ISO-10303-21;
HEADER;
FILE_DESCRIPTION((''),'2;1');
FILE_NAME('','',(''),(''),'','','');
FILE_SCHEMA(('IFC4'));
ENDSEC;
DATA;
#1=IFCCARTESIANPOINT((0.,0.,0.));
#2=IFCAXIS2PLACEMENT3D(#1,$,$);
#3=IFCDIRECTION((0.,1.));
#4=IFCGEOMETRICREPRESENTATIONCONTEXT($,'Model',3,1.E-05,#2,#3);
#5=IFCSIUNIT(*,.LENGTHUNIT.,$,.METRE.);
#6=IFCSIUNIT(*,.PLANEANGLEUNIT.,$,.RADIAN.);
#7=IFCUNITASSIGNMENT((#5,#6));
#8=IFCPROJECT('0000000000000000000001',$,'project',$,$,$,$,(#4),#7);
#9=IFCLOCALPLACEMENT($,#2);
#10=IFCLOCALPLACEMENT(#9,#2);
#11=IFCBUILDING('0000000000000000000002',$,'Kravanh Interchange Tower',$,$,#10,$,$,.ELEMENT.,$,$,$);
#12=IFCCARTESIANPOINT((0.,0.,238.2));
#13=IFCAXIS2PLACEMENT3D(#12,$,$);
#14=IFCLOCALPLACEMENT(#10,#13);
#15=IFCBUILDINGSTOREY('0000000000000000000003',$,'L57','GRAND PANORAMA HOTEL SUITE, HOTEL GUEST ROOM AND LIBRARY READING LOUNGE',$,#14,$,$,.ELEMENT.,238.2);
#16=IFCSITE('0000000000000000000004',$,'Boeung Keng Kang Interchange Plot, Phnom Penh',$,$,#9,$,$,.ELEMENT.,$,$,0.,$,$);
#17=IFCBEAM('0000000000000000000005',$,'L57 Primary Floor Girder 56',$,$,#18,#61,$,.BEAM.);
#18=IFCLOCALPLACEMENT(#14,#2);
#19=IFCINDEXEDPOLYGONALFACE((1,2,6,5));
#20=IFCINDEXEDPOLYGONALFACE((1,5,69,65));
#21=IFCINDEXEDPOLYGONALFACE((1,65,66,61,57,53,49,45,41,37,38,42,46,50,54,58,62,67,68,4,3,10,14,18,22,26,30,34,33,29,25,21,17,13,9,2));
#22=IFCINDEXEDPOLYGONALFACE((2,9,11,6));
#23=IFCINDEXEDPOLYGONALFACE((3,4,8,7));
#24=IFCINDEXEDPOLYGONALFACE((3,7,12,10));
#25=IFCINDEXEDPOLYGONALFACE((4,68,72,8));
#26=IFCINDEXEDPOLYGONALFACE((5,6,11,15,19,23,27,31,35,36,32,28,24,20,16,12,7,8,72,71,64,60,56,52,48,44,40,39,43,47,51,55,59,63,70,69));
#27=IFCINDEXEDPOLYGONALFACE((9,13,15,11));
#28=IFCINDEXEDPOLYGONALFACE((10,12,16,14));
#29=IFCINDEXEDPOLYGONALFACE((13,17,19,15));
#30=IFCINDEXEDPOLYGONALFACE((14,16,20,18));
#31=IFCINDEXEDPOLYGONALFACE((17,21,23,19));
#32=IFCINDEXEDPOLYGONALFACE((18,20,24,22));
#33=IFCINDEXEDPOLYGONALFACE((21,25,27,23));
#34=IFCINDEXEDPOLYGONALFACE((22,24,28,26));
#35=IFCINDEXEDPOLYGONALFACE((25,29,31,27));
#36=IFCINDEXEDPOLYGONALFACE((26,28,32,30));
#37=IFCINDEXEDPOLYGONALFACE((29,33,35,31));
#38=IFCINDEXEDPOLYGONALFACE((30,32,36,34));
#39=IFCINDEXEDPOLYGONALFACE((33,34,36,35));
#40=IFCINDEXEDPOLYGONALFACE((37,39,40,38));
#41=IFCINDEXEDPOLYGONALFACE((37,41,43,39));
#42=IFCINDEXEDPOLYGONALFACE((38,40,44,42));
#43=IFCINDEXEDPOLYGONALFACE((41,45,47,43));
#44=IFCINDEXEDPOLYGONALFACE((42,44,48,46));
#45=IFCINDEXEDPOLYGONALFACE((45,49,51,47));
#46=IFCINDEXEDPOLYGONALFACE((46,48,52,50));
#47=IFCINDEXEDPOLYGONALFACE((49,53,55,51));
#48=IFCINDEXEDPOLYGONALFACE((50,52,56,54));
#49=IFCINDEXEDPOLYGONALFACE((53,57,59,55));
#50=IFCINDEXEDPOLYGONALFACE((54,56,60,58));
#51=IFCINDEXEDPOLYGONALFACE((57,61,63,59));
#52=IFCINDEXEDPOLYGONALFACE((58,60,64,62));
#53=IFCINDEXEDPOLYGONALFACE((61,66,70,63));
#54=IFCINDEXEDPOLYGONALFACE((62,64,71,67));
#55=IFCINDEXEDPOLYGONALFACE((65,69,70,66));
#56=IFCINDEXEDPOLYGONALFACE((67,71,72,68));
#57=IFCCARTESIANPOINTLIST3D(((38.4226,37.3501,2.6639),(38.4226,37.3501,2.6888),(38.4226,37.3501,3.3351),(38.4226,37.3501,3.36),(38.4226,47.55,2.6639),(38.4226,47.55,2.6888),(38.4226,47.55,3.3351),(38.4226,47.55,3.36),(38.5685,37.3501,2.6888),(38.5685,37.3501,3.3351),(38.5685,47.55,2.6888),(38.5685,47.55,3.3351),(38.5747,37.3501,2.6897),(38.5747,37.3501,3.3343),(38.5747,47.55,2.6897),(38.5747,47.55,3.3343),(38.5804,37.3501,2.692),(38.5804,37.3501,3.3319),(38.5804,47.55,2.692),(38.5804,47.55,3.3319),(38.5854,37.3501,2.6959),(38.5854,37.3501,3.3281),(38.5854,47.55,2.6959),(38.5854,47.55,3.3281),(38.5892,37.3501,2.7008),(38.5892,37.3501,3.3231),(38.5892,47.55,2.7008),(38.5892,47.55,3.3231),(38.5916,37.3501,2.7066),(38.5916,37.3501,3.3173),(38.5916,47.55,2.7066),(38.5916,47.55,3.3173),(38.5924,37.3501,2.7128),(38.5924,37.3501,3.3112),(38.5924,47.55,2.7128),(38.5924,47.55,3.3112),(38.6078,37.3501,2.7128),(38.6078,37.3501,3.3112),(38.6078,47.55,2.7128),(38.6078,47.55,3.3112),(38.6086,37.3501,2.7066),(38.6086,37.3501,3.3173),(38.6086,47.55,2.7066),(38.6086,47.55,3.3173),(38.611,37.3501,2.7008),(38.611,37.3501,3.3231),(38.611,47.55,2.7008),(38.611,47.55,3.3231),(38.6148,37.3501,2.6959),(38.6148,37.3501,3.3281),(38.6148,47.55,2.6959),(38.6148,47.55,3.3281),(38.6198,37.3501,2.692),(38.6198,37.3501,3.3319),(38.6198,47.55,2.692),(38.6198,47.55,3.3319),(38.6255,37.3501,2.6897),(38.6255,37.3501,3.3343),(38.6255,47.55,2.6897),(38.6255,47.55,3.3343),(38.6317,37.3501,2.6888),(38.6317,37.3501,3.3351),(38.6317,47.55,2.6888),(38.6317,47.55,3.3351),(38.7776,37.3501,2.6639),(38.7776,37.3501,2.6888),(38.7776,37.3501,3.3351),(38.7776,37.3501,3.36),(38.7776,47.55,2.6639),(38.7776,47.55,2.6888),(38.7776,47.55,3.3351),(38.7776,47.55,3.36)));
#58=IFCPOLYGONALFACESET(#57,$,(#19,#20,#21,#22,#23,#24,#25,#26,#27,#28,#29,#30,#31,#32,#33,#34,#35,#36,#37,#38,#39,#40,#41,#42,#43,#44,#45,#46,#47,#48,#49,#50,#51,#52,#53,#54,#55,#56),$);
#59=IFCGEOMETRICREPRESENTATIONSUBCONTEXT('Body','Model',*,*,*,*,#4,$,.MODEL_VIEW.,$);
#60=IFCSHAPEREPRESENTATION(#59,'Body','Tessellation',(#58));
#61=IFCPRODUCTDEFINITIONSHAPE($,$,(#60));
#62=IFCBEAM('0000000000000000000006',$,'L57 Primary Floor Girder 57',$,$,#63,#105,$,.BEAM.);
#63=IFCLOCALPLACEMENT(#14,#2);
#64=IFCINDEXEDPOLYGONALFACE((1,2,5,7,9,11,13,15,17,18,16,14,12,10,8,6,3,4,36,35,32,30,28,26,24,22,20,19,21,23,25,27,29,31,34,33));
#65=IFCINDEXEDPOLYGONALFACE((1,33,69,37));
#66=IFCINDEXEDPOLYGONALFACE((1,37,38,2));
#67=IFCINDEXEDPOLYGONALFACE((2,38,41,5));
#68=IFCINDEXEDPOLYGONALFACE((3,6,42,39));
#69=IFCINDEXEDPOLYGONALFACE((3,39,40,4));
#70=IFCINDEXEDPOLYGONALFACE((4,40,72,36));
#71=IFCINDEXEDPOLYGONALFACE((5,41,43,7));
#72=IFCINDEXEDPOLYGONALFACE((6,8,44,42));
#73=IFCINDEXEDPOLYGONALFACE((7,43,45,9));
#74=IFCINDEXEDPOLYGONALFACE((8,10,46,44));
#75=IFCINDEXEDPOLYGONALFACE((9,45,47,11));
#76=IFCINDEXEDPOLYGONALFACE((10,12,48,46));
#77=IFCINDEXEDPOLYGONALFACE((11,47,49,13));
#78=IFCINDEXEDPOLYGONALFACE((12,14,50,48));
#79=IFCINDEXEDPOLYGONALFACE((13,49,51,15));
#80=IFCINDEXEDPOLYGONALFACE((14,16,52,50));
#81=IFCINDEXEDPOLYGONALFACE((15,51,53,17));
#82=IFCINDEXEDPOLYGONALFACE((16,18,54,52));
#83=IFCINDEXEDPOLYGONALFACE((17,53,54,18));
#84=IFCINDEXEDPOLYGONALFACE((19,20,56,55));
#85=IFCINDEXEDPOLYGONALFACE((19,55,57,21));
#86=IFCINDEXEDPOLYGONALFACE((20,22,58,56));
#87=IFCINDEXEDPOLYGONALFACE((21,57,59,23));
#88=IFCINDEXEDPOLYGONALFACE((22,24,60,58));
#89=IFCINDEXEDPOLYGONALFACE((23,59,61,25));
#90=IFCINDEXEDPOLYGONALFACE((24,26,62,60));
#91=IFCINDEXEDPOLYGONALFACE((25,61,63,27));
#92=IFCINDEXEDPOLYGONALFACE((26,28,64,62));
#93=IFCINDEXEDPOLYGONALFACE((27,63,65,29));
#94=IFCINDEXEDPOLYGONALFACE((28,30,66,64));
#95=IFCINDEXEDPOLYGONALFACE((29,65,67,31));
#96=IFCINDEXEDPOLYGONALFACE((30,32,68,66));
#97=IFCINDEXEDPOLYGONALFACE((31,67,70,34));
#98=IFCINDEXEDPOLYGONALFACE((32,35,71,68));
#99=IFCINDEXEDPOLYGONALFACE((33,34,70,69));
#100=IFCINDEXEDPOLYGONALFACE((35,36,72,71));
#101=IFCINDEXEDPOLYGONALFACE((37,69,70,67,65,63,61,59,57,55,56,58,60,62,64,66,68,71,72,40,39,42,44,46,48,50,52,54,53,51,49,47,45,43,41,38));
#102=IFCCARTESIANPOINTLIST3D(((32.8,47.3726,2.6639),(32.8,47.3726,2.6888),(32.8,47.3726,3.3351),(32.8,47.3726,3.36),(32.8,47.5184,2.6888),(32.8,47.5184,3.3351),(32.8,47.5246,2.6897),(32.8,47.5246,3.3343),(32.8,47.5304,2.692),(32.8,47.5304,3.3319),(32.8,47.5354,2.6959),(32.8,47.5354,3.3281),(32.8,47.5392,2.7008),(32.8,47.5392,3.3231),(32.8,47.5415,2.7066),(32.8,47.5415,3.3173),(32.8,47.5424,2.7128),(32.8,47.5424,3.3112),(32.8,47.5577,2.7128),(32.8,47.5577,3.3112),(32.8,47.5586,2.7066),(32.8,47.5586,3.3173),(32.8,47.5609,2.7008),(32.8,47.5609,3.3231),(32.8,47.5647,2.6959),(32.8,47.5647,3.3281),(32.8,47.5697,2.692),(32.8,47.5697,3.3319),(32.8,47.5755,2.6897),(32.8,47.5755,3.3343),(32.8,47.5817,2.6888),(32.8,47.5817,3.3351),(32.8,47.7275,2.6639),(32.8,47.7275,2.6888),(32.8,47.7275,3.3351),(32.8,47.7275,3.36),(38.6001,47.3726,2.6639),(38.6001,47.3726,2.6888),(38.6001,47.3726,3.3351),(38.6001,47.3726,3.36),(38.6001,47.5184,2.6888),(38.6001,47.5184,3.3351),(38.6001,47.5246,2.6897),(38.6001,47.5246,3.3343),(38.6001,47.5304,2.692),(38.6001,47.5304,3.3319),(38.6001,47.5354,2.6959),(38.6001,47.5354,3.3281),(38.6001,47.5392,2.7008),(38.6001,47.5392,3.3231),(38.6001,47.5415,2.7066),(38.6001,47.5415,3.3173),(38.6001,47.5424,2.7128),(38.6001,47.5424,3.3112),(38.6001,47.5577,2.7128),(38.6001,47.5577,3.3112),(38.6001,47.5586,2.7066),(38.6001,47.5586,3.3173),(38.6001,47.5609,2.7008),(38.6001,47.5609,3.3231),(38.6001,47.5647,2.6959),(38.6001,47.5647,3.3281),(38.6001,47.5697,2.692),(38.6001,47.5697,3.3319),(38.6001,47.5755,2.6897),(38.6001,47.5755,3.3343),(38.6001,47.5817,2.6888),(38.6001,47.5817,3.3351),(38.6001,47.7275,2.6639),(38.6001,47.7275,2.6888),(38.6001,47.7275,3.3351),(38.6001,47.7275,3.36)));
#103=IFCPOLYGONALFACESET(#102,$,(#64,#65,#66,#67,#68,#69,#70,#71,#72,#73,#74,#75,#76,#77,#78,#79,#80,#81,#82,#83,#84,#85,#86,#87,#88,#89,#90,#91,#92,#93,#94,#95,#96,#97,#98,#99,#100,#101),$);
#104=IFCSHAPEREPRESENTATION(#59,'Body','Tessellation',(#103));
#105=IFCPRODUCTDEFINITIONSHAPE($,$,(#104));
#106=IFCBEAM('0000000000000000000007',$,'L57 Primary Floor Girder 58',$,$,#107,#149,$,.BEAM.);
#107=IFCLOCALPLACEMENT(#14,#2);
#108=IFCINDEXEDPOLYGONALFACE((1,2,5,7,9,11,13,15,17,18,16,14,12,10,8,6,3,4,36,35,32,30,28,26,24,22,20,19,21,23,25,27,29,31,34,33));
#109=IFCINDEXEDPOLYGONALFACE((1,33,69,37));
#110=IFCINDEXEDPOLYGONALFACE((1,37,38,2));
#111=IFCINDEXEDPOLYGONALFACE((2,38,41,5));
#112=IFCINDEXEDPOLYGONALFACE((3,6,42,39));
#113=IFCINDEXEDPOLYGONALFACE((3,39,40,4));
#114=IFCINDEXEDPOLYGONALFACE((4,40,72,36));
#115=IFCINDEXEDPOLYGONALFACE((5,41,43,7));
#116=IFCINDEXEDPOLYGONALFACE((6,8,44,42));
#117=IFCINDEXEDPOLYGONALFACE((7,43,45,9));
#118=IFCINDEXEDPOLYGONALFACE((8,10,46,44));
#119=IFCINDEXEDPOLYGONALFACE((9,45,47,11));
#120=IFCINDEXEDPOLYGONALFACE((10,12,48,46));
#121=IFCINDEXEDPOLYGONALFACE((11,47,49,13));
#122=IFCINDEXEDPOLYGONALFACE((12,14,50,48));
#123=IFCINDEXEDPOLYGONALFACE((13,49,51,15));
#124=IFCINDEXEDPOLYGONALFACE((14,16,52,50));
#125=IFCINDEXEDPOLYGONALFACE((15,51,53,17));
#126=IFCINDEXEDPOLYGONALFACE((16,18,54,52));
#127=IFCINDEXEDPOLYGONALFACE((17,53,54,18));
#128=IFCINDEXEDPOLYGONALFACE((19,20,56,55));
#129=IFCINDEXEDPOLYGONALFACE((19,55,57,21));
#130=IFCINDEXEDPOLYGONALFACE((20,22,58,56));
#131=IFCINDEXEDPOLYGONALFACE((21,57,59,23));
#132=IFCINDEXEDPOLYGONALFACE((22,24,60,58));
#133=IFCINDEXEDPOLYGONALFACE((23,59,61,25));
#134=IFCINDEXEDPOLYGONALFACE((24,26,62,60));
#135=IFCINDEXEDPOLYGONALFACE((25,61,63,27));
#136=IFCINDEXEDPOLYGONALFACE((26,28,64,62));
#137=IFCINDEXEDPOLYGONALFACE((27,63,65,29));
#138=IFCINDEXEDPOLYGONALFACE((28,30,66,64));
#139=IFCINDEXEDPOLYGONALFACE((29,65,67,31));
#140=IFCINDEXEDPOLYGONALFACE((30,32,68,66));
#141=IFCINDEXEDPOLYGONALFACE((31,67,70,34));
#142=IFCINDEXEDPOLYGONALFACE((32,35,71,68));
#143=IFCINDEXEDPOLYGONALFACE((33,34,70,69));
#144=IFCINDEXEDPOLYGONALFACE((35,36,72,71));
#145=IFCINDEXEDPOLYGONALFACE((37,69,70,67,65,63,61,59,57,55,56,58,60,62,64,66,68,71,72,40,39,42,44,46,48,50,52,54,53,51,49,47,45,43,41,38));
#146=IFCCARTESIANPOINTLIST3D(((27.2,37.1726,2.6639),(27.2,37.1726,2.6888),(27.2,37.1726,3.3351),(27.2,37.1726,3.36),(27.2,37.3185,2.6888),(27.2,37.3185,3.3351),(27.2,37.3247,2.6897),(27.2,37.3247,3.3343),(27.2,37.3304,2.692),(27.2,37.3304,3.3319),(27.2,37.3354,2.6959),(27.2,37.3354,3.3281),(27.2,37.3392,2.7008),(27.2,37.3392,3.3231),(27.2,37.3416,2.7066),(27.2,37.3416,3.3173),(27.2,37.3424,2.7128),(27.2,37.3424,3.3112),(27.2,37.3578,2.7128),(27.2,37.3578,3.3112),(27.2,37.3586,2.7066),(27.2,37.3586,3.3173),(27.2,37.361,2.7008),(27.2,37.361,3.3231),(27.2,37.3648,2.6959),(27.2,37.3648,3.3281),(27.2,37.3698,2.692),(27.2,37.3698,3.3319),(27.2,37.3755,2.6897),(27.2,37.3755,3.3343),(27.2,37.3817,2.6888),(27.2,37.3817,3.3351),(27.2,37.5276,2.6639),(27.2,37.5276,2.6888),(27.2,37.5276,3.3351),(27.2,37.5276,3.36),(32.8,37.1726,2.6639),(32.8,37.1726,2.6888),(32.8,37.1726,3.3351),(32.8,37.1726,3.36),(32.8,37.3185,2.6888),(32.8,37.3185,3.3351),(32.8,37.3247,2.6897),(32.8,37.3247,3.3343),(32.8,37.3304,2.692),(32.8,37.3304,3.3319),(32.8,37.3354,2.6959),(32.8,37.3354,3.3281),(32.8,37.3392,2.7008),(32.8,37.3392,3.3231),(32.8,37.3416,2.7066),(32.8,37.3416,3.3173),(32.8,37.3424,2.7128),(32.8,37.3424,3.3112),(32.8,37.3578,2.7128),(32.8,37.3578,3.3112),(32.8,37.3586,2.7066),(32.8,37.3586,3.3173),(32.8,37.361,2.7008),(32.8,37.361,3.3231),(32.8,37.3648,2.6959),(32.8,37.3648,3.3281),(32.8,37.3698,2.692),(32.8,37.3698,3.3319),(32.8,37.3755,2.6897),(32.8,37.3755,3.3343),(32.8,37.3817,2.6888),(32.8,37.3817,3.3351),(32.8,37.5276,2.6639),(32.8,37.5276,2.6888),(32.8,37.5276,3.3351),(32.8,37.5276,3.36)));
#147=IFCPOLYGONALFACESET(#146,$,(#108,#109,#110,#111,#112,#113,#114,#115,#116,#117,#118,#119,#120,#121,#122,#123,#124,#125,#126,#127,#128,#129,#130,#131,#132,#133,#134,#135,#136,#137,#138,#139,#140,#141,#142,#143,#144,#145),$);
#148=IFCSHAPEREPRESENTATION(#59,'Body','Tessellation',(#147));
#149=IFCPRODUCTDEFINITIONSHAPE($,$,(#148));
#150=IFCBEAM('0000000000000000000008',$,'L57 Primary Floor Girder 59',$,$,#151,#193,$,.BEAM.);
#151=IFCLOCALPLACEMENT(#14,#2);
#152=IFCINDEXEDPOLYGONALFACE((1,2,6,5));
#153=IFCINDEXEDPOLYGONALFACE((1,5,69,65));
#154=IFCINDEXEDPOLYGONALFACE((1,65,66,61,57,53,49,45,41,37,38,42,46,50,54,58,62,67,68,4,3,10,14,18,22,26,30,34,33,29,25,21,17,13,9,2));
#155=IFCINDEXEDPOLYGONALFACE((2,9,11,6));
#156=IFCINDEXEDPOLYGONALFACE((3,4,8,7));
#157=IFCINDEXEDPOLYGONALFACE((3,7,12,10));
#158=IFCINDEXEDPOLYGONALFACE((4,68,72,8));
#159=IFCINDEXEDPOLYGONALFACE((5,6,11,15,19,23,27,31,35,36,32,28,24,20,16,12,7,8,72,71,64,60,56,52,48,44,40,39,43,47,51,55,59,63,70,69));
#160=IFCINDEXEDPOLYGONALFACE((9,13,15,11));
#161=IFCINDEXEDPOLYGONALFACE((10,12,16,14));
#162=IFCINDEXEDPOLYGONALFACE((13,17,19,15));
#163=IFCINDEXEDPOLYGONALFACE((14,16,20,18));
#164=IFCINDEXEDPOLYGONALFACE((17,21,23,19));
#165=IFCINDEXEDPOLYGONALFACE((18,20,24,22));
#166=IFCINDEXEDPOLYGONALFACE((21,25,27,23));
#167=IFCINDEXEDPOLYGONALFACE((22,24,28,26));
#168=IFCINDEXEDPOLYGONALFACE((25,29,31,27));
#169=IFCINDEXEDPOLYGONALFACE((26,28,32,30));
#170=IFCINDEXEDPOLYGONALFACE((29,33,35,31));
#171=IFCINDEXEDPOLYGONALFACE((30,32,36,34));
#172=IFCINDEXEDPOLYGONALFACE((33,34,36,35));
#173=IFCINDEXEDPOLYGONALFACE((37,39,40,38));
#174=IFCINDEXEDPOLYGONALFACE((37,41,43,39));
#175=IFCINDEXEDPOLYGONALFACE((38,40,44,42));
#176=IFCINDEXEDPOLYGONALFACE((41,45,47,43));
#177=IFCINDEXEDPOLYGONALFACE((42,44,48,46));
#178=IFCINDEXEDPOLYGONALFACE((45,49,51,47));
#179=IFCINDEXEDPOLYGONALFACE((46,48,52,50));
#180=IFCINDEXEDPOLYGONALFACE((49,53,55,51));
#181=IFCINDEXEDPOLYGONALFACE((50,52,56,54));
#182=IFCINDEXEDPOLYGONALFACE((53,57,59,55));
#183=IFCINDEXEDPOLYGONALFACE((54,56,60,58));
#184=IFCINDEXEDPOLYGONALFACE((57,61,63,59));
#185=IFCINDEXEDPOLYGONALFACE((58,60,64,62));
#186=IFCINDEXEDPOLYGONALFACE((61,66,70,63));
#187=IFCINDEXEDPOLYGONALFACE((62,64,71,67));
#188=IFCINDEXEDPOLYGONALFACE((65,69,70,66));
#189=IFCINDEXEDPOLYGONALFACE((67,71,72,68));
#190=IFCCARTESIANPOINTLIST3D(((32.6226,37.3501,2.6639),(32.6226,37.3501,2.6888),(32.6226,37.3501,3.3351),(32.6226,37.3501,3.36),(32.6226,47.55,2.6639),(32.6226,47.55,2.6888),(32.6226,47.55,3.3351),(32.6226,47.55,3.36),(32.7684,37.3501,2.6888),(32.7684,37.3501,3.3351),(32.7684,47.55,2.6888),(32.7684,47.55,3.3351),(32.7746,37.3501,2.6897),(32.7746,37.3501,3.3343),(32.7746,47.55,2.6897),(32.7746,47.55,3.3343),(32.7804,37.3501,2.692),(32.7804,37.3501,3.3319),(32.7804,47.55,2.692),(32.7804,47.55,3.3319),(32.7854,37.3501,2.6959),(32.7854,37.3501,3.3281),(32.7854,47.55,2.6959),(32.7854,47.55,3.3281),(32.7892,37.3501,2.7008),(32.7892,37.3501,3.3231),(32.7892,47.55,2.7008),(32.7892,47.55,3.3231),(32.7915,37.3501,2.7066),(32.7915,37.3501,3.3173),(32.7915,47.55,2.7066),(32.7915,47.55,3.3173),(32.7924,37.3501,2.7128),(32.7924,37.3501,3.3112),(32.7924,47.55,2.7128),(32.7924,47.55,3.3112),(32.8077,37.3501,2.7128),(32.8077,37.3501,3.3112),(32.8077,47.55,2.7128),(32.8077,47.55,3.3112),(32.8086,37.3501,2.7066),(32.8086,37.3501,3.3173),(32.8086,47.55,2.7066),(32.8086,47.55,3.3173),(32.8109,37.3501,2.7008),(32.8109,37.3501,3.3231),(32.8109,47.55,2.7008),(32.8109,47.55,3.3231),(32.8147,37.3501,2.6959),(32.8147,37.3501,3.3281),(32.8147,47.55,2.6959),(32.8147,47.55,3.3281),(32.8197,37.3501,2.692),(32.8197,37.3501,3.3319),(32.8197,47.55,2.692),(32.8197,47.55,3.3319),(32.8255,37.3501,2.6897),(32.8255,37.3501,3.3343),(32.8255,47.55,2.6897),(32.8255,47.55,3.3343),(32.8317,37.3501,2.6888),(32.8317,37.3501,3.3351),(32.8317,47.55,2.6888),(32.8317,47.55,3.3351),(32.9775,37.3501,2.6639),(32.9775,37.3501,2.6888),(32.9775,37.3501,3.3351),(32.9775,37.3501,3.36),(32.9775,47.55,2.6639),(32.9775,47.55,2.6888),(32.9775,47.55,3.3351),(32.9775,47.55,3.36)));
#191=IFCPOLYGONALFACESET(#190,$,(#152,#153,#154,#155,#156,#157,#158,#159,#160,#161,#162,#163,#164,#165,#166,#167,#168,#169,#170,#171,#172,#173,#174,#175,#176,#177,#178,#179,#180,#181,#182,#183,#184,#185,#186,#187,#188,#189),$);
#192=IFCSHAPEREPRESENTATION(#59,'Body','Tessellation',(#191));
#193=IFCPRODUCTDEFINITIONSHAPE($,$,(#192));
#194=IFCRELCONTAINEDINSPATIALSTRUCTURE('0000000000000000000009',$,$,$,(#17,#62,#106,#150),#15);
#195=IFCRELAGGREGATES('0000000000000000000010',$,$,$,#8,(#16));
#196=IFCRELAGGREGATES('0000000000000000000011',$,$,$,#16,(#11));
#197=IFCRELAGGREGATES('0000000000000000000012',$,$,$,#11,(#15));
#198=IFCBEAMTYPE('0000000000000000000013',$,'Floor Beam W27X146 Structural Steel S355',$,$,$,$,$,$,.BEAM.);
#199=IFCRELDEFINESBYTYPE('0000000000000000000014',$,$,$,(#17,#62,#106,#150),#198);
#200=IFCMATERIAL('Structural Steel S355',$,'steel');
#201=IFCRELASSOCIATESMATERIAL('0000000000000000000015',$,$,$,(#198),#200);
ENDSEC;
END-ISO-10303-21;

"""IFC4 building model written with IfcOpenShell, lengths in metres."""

from ifc_helpers import new_model, si_unit, direction, frame, origin, origin_2d, place, context, subcontext, project, spatial, i_section, extrude, material, material_profile, profile_set, type_object, element, save


model = new_model("IFC4")

# Units and contexts
model_context = context("Model", 3, precision=1e-05, world=origin(), true_north=direction((0.0, 1.0)))
body_context = subcontext(model_context, "Body", "Model", "MODEL_VIEW")
ifc_project = project(units=[si_unit("LENGTHUNIT", "METRE"), si_unit("PLANEANGLEUNIT", "RADIAN")], contexts=[model_context])

# Site, building, storey
site_placement = place(None, origin())
site = spatial("IfcSite", under=ifc_project, at=site_placement, Name="Boeung Keng Kang Interchange Plot, Phnom Penh", CompositionType="ELEMENT", RefElevation=0.0)
building_placement = place(site_placement, origin())
building = spatial("IfcBuilding", under=site, at=building_placement, Name="Kravanh Interchange Tower", CompositionType="ELEMENT")
storey_placement = place(building_placement, frame((0.0, 0.0, 238.2)))
storey = spatial("IfcBuildingStorey", under=building, at=storey_placement, Name="L57", Description="GRAND PANORAMA HOTEL SUITE, HOTEL GUEST ROOM AND LIBRARY READING LOUNGE", CompositionType="ELEMENT", Elevation=238.2)

# Beams
ifc_material_1 = material(Name="Structural Steel S355", Category="steel")
ifc_material_profile_1 = material_profile(ifc_material_1, i_section(OverallWidth=0.355, OverallDepth=0.696, WebThickness=0.0154, FlangeThickness=0.0249, FilletRadius=0.0239, at=origin_2d()), Name="W27X146")
ifc_profile_set_1 = profile_set([ifc_material_profile_1], Name="Structural Steel S355")
beam_type_1 = type_object("IfcBeamType", Name="Floor Beam W27X146 Structural Steel S355", PredefinedType="BEAM", material=ifc_profile_set_1)
beam_1_placement = place(storey_placement, frame((38.6001, 37.3501, 3.012), z_axis=(0.0, 1.0, 0.0), x_axis=(-1.0, 0.0, 0.0)))
element("IfcBeam", 1, at=beam_1_placement, inside=storey, type_object=beam_type_1, Name="L57 Primary Floor Girder 56", PredefinedType="BEAM", context=body_context, shape_type="SweptSolid", body=[
    extrude(i_section(OverallWidth=0.355, OverallDepth=0.696, WebThickness=0.0154, FlangeThickness=0.0249, FilletRadius=0.0239, at=origin_2d()), origin(), (0.0, 0.0, 1.0), 10.2),
])
beam_2_placement = place(storey_placement, frame((38.6001, 47.55, 3.012), z_axis=(-1.0, 0.0, 0.0), x_axis=(0.0, -1.0, 0.0)))
element("IfcBeam", 2, at=beam_2_placement, inside=storey, type_object=beam_type_1, Name="L57 Primary Floor Girder 57", PredefinedType="BEAM", context=body_context, shape_type="SweptSolid", body=[
    extrude(i_section(OverallWidth=0.355, OverallDepth=0.696, WebThickness=0.0154, FlangeThickness=0.0249, FilletRadius=0.0239, at=origin_2d()), origin(), (0.0, 0.0, 1.0), 5.8),
])
beam_3_placement = place(storey_placement, frame((32.8, 37.3501, 3.012), z_axis=(-1.0, 0.0, 0.0), x_axis=(0.0, -1.0, 0.0)))
element("IfcBeam", 3, at=beam_3_placement, inside=storey, type_object=beam_type_1, Name="L57 Primary Floor Girder 58", PredefinedType="BEAM", context=body_context, shape_type="SweptSolid", body=[
    extrude(i_section(OverallWidth=0.355, OverallDepth=0.696, WebThickness=0.0154, FlangeThickness=0.0249, FilletRadius=0.0239, at=origin_2d()), origin(), (0.0, 0.0, 1.0), 5.6001),
])
beam_4_placement = place(storey_placement, frame((32.8, 37.3501, 3.012), z_axis=(0.0, 1.0, 0.0), x_axis=(-1.0, 0.0, 0.0)))
element("IfcBeam", 4, at=beam_4_placement, inside=storey, type_object=beam_type_1, Name="L57 Primary Floor Girder 59", PredefinedType="BEAM", context=body_context, shape_type="SweptSolid", body=[
    extrude(i_section(OverallWidth=0.355, OverallDepth=0.696, WebThickness=0.0154, FlangeThickness=0.0249, FilletRadius=0.0239, at=origin_2d()), origin(), (0.0, 0.0, 1.0), 10.2),
])

save(model, "model.ifc")
